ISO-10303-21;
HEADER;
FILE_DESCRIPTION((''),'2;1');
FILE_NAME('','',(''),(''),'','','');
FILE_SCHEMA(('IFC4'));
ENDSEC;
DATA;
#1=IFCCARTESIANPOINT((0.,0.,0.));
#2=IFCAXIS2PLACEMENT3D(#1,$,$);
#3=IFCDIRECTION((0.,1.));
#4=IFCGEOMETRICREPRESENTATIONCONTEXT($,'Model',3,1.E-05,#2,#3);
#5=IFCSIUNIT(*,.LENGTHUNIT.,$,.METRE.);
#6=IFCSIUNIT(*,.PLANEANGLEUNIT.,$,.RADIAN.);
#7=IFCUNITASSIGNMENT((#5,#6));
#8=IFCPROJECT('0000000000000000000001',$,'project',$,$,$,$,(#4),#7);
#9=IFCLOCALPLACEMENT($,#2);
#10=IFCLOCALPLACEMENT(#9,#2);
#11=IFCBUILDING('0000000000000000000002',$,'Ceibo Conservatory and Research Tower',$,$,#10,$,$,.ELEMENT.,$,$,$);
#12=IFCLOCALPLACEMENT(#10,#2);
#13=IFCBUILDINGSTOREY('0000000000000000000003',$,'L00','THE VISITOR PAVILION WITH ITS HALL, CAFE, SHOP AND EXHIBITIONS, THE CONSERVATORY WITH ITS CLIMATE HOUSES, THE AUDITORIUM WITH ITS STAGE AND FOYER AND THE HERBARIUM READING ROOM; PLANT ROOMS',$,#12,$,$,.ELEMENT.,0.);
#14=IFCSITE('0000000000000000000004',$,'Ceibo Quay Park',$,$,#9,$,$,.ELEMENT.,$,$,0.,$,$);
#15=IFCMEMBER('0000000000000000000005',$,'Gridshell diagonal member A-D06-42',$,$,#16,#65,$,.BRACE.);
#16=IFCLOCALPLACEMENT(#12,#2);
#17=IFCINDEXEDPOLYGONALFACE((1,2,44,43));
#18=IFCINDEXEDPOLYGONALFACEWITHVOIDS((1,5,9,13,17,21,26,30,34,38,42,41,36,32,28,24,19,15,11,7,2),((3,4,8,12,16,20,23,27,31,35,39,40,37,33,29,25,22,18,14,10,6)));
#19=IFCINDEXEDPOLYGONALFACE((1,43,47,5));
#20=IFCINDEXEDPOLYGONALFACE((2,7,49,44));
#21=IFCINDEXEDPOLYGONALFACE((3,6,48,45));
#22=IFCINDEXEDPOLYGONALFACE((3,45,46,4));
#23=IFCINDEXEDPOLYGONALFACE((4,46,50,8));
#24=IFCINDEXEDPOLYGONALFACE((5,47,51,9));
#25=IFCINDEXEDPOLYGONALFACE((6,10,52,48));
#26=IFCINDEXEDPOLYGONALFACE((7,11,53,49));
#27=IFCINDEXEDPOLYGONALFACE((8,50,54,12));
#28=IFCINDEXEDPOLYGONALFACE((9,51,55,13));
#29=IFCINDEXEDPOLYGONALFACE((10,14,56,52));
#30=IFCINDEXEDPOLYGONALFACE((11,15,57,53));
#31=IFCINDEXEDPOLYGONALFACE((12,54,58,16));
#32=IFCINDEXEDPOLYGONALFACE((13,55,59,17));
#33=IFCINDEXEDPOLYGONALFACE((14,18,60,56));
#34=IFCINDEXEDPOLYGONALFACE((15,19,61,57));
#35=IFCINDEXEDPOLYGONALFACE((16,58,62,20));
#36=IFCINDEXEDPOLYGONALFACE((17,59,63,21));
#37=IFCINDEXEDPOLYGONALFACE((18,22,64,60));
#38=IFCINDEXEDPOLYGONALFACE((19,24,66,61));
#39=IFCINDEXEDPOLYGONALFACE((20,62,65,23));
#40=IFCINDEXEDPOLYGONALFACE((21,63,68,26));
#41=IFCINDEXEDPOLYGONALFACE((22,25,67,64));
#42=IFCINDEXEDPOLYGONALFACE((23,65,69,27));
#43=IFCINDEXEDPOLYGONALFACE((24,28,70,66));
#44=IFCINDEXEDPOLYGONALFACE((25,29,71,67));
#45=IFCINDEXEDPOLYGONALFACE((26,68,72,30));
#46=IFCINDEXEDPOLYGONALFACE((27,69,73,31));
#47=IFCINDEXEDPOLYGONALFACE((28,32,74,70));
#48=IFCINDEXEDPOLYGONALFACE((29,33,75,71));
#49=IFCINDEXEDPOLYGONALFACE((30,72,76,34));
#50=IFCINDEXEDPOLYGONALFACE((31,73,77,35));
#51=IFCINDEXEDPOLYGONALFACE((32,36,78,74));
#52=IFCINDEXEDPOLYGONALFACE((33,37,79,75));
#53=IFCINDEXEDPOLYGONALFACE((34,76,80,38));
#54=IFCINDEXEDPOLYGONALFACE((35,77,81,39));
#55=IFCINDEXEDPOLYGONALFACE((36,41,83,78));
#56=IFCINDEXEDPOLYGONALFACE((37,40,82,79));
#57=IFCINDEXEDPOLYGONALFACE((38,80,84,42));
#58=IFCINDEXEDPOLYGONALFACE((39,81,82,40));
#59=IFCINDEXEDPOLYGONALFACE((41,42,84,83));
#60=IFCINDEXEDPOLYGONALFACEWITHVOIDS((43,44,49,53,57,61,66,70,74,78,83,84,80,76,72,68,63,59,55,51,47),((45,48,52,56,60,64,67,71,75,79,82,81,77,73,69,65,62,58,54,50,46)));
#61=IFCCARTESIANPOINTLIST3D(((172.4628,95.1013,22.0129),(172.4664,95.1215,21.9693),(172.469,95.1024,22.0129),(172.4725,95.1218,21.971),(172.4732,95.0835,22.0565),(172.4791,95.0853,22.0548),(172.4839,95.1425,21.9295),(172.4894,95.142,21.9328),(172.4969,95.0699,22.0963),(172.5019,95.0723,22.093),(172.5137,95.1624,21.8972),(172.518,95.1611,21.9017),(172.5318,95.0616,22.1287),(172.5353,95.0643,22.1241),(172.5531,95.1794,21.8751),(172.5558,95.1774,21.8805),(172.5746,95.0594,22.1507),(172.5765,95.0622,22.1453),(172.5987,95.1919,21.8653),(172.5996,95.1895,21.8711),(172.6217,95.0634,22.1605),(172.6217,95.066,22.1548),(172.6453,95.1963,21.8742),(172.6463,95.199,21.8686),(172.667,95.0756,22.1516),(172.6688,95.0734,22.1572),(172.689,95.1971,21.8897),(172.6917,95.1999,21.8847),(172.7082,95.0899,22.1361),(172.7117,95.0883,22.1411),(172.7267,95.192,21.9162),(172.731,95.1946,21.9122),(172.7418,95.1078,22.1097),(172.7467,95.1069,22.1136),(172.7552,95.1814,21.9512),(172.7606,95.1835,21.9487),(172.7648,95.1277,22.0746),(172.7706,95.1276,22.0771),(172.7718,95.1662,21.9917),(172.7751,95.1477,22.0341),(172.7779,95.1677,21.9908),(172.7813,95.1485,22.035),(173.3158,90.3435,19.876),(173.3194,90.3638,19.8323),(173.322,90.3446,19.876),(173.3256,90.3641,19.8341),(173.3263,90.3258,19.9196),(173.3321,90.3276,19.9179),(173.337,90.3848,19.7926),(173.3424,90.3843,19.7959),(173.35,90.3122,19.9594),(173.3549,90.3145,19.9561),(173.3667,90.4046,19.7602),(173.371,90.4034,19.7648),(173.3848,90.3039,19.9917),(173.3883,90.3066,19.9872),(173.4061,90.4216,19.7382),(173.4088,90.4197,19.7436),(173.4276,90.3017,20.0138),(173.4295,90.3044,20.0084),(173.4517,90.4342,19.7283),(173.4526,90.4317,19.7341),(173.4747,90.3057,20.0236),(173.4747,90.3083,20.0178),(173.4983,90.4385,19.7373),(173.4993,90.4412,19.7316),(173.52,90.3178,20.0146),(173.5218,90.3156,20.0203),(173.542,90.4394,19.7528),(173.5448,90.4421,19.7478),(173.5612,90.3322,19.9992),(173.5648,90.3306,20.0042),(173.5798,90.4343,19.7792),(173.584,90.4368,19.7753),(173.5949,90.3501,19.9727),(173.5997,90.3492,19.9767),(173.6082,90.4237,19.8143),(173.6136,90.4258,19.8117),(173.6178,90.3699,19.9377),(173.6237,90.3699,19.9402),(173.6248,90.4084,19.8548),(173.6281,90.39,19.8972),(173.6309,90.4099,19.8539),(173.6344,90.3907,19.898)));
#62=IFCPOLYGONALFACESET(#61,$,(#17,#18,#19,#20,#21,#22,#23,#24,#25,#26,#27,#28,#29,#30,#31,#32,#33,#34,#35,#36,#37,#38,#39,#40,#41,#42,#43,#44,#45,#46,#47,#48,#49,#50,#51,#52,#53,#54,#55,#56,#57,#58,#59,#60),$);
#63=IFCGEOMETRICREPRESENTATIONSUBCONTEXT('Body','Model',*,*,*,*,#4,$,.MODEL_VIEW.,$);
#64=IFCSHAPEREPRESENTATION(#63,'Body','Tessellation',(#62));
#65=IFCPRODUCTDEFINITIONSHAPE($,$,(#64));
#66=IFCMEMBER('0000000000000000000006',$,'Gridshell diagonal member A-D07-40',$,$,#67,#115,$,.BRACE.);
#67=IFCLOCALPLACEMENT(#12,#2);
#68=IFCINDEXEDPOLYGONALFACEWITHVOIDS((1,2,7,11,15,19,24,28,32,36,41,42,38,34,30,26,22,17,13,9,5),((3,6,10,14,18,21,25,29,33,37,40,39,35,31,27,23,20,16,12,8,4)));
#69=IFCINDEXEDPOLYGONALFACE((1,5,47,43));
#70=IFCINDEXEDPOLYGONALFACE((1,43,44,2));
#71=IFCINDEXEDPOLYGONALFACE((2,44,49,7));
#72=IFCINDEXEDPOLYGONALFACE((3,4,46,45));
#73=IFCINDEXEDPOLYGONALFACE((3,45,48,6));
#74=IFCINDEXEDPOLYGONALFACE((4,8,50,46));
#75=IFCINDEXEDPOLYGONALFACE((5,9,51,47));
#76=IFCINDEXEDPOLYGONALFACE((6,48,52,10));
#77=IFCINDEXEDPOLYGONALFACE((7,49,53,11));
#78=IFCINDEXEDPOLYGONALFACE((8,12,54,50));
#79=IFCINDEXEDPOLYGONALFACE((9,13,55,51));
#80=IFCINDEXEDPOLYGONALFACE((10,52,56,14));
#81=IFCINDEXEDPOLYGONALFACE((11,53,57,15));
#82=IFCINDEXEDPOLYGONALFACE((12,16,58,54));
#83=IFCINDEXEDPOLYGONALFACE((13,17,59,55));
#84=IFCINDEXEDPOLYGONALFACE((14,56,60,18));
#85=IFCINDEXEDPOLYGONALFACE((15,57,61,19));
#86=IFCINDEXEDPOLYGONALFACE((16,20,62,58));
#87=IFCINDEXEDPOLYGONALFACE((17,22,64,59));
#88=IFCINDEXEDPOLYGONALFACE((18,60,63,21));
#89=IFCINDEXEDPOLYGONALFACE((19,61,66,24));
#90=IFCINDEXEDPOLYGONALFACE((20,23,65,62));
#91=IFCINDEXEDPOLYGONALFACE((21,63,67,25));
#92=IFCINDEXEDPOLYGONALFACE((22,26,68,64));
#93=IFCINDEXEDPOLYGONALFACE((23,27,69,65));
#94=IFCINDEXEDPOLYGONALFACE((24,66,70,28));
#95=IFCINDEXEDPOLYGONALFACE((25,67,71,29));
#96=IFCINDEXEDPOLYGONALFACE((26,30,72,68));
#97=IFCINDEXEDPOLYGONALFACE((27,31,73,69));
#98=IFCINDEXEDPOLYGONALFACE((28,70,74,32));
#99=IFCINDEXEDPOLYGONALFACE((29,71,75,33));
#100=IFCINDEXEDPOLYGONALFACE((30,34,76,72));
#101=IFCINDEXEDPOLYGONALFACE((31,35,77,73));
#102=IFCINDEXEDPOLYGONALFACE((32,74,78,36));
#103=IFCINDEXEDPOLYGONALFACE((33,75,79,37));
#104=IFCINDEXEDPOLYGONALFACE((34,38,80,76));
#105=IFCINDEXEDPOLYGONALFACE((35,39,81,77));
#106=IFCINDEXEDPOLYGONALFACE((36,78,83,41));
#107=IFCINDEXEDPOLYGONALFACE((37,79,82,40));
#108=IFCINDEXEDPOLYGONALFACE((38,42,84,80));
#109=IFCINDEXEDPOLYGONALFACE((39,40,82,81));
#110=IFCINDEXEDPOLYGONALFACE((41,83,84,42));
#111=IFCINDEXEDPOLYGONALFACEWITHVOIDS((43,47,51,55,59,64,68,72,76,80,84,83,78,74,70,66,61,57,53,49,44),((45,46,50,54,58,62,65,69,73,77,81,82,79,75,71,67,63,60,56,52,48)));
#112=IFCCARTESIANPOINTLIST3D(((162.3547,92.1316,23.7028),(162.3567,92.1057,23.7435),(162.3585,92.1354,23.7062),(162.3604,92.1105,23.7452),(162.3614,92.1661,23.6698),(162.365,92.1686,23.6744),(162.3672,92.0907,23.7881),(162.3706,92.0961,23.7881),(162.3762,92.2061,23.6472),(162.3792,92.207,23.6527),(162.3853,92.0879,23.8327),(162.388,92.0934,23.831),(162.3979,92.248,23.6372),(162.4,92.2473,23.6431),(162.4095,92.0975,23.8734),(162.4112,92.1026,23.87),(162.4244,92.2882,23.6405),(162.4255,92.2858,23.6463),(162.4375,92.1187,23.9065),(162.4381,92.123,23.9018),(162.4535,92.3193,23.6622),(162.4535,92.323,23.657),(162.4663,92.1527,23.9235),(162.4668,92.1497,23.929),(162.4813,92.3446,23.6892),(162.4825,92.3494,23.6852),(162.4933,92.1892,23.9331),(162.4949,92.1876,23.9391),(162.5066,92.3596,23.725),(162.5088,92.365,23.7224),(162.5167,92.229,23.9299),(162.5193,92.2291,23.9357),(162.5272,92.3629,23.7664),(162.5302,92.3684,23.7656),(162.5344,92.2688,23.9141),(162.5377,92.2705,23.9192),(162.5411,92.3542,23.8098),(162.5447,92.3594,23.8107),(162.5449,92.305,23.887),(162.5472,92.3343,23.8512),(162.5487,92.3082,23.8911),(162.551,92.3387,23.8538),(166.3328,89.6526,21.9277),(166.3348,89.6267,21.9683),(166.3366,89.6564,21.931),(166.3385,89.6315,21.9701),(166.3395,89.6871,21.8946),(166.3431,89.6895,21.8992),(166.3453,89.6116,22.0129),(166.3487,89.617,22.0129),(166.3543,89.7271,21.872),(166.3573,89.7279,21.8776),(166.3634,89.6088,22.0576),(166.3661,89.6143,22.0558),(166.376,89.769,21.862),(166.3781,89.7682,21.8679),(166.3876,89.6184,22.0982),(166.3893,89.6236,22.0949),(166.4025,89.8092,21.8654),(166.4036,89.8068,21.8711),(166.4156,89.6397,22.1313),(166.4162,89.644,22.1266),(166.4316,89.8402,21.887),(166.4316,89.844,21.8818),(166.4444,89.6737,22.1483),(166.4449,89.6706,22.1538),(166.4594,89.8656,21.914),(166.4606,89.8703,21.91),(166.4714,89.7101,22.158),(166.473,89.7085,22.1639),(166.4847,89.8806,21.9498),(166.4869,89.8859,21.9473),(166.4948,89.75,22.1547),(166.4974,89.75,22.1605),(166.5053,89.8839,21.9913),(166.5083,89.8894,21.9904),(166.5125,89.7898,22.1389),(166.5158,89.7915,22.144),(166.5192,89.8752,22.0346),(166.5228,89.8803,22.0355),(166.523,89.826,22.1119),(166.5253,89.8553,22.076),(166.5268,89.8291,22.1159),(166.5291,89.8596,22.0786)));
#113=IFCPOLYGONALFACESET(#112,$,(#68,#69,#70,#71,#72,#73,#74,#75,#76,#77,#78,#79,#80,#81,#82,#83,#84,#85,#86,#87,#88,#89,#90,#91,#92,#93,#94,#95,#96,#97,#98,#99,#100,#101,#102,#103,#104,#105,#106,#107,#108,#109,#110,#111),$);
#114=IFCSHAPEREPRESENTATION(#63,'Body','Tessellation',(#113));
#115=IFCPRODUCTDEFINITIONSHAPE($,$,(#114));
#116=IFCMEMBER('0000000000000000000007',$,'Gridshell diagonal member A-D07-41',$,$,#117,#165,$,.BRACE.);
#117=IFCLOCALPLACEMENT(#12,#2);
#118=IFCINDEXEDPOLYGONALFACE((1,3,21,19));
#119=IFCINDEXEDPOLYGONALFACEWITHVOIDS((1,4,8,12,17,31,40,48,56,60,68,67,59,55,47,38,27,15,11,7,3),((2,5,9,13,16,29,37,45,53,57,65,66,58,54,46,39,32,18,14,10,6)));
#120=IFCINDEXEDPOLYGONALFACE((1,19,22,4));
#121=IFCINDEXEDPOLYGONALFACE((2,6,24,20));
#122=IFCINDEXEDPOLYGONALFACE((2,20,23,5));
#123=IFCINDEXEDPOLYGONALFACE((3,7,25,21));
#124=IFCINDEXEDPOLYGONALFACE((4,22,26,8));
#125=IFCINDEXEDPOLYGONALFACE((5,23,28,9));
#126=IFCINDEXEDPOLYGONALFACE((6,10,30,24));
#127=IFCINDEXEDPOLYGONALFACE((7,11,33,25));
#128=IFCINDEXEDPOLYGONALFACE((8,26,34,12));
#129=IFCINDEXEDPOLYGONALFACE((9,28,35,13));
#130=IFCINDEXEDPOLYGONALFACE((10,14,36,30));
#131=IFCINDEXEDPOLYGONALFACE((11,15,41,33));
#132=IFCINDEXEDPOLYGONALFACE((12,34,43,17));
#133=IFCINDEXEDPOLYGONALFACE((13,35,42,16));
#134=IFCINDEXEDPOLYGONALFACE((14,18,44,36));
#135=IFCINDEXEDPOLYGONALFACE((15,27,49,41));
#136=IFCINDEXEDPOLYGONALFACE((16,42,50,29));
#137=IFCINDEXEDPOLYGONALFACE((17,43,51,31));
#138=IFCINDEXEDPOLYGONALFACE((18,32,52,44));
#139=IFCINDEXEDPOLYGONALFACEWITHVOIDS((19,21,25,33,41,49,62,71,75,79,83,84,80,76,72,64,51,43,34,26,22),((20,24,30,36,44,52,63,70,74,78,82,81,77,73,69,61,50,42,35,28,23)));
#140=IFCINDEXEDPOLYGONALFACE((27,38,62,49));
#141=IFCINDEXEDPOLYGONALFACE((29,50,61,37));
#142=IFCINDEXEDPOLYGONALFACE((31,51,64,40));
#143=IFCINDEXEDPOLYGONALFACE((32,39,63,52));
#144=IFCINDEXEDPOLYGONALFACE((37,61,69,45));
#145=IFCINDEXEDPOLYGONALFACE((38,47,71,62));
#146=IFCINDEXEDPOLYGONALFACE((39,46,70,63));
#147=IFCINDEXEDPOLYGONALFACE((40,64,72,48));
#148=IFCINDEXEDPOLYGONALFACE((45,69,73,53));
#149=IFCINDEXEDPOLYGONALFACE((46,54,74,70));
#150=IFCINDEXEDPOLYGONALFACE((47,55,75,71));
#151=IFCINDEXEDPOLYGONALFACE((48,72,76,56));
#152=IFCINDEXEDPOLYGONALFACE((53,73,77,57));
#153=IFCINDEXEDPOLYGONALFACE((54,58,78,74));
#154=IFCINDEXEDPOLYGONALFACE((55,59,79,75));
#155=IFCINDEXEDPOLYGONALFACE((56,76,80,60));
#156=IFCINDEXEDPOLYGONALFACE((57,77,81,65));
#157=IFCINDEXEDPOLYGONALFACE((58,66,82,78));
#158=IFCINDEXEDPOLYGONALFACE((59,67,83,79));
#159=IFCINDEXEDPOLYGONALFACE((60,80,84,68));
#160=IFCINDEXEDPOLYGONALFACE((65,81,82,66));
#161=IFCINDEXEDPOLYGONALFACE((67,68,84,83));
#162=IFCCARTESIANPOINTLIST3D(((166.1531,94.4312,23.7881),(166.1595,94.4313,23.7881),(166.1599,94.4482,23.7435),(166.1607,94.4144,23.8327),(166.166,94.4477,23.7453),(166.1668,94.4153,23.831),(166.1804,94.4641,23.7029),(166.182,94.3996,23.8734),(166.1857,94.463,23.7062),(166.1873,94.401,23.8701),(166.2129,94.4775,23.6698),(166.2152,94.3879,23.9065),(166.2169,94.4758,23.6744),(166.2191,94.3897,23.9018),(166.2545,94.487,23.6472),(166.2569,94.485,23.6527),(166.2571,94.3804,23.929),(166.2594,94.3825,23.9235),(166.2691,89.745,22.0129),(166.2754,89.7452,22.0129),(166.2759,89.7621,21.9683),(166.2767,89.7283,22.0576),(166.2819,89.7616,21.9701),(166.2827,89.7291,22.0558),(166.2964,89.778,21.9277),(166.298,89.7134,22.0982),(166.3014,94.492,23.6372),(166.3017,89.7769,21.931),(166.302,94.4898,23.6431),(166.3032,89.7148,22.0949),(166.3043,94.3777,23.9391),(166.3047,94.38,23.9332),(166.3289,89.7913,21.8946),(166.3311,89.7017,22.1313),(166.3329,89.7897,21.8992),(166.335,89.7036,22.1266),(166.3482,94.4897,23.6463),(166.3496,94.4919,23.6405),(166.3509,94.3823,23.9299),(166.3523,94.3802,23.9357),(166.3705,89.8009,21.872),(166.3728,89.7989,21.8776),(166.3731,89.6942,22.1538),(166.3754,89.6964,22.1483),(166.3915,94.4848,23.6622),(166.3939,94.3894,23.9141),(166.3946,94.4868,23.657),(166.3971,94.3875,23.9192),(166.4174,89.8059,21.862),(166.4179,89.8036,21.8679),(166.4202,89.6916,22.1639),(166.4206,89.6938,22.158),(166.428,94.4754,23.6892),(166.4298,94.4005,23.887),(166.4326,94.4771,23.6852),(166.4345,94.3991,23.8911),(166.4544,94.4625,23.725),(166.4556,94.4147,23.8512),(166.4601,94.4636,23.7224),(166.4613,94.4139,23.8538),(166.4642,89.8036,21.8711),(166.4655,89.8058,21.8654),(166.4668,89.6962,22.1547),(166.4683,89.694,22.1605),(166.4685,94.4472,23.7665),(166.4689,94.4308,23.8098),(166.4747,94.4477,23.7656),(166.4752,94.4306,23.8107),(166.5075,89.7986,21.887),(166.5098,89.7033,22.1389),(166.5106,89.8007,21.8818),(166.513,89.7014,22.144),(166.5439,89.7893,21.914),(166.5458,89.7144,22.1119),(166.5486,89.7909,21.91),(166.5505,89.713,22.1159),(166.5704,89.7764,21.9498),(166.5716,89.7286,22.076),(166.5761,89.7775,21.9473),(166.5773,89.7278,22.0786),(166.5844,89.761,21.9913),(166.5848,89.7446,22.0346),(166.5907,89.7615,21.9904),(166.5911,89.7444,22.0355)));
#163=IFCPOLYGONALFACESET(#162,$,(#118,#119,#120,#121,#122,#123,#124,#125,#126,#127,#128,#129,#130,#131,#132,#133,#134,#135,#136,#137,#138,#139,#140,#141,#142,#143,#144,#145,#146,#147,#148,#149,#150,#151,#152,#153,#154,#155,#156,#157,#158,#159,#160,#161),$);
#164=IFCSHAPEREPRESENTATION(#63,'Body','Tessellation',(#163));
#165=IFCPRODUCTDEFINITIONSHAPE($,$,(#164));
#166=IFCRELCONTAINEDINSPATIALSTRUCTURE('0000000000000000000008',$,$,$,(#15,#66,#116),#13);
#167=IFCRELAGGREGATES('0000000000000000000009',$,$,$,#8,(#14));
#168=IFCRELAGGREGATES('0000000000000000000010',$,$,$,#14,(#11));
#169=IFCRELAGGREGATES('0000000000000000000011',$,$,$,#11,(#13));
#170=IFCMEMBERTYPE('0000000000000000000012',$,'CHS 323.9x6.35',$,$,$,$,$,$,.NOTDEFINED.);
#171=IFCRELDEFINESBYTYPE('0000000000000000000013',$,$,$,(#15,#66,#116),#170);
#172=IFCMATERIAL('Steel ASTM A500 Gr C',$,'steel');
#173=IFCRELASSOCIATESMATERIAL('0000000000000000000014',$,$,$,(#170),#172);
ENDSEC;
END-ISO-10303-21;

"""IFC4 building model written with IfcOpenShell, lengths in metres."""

from ifc_helpers import new_model, si_unit, direction, frame, origin, origin_2d, place, context, subcontext, project, spatial, hollow_circle, extrude, material, material_profile, profile_set, type_object, element, save


model = new_model("IFC4")

# Units and contexts
model_context = context("Model", 3, precision=1e-05, world=origin(), true_north=direction((0.0, 1.0)))
body_context = subcontext(model_context, "Body", "Model", "MODEL_VIEW")
ifc_project = project(units=[si_unit("LENGTHUNIT", "METRE"), si_unit("PLANEANGLEUNIT", "RADIAN")], contexts=[model_context])

# Site, building, storey
site_placement = place(None, origin())
site = spatial("IfcSite", under=ifc_project, at=site_placement, Name="Ceibo Quay Park", CompositionType="ELEMENT", RefElevation=0.0)
building_placement = place(site_placement, origin())
building = spatial("IfcBuilding", under=site, at=building_placement, Name="Ceibo Conservatory and Research Tower", CompositionType="ELEMENT")
storey_placement = place(building_placement, origin())
storey = spatial("IfcBuildingStorey", under=building, at=storey_placement, Name="L00", Description="THE VISITOR PAVILION WITH ITS HALL, CAFE, SHOP AND EXHIBITIONS, THE CONSERVATORY WITH ITS CLIMATE HOUSES, THE AUDITORIUM WITH ITS STAGE AND FOYER AND THE HERBARIUM READING ROOM; PLANT ROOMS", CompositionType="ELEMENT", Elevation=0.0)

# Members
ifc_material_1 = material(Name="Steel ASTM A500 Gr C", Category="steel")
ifc_material_profile_1 = material_profile(ifc_material_1, hollow_circle(Radius=0.1619, WallThickness=0.0063, at=origin_2d()), Name="CHS 323.9x6.35")
ifc_profile_set_1 = profile_set([ifc_material_profile_1], Name="Steel ASTM A500 Gr C")
member_type_1 = type_object("IfcMemberType", Name="CHS 323.9x6.35", PredefinedType="NOTDEFINED", material=ifc_profile_set_1)
member_1_placement = place(storey_placement, frame((173.4751, 90.3721, 19.876), z_axis=(-0.161406, 0.900251, 0.404346), x_axis=(-0.984305, -0.176476, 0.0)))
element("IfcMember", 1, at=member_1_placement, inside=storey, type_object=member_type_1, Name="Gridshell diagonal member A-D06-42", PredefinedType="BRACE", context=body_context, shape_type="SweptSolid", body=[
    extrude(hollow_circle(Radius=0.1619, WallThickness=0.0063, at=origin_2d()), origin(), (0.0, 0.0, 1.0), 5.2849),
])
member_2_placement = place(storey_placement, frame((166.4309, 89.749, 22.0129), z_axis=(-0.793682, 0.494602, 0.354171), x_axis=(-0.528884, -0.848694, 0.0)))
element("IfcMember", 2, at=member_2_placement, inside=storey, type_object=member_type_1, Name="Gridshell diagonal member A-D07-40", PredefinedType="BRACE", context=body_context, shape_type="SweptSolid", body=[
    extrude(hollow_circle(Radius=0.1619, WallThickness=0.0063, at=origin_2d()), origin(), (0.0, 0.0, 1.0), 5.0122),
])
member_3_placement = place(storey_placement, frame((166.4309, 89.749, 22.0129), z_axis=(-0.023136, 0.9349, 0.354155), x_axis=(-0.999694, -0.02474, 0.0)))
element("IfcMember", 3, at=member_3_placement, inside=storey, type_object=member_type_1, Name="Gridshell diagonal member A-D07-41", PredefinedType="BRACE", context=body_context, shape_type="SweptSolid", body=[
    extrude(hollow_circle(Radius=0.1619, WallThickness=0.0063, at=origin_2d()), origin(), (0.0, 0.0, 1.0), 5.0125),
])

save(model, "model.ifc")
